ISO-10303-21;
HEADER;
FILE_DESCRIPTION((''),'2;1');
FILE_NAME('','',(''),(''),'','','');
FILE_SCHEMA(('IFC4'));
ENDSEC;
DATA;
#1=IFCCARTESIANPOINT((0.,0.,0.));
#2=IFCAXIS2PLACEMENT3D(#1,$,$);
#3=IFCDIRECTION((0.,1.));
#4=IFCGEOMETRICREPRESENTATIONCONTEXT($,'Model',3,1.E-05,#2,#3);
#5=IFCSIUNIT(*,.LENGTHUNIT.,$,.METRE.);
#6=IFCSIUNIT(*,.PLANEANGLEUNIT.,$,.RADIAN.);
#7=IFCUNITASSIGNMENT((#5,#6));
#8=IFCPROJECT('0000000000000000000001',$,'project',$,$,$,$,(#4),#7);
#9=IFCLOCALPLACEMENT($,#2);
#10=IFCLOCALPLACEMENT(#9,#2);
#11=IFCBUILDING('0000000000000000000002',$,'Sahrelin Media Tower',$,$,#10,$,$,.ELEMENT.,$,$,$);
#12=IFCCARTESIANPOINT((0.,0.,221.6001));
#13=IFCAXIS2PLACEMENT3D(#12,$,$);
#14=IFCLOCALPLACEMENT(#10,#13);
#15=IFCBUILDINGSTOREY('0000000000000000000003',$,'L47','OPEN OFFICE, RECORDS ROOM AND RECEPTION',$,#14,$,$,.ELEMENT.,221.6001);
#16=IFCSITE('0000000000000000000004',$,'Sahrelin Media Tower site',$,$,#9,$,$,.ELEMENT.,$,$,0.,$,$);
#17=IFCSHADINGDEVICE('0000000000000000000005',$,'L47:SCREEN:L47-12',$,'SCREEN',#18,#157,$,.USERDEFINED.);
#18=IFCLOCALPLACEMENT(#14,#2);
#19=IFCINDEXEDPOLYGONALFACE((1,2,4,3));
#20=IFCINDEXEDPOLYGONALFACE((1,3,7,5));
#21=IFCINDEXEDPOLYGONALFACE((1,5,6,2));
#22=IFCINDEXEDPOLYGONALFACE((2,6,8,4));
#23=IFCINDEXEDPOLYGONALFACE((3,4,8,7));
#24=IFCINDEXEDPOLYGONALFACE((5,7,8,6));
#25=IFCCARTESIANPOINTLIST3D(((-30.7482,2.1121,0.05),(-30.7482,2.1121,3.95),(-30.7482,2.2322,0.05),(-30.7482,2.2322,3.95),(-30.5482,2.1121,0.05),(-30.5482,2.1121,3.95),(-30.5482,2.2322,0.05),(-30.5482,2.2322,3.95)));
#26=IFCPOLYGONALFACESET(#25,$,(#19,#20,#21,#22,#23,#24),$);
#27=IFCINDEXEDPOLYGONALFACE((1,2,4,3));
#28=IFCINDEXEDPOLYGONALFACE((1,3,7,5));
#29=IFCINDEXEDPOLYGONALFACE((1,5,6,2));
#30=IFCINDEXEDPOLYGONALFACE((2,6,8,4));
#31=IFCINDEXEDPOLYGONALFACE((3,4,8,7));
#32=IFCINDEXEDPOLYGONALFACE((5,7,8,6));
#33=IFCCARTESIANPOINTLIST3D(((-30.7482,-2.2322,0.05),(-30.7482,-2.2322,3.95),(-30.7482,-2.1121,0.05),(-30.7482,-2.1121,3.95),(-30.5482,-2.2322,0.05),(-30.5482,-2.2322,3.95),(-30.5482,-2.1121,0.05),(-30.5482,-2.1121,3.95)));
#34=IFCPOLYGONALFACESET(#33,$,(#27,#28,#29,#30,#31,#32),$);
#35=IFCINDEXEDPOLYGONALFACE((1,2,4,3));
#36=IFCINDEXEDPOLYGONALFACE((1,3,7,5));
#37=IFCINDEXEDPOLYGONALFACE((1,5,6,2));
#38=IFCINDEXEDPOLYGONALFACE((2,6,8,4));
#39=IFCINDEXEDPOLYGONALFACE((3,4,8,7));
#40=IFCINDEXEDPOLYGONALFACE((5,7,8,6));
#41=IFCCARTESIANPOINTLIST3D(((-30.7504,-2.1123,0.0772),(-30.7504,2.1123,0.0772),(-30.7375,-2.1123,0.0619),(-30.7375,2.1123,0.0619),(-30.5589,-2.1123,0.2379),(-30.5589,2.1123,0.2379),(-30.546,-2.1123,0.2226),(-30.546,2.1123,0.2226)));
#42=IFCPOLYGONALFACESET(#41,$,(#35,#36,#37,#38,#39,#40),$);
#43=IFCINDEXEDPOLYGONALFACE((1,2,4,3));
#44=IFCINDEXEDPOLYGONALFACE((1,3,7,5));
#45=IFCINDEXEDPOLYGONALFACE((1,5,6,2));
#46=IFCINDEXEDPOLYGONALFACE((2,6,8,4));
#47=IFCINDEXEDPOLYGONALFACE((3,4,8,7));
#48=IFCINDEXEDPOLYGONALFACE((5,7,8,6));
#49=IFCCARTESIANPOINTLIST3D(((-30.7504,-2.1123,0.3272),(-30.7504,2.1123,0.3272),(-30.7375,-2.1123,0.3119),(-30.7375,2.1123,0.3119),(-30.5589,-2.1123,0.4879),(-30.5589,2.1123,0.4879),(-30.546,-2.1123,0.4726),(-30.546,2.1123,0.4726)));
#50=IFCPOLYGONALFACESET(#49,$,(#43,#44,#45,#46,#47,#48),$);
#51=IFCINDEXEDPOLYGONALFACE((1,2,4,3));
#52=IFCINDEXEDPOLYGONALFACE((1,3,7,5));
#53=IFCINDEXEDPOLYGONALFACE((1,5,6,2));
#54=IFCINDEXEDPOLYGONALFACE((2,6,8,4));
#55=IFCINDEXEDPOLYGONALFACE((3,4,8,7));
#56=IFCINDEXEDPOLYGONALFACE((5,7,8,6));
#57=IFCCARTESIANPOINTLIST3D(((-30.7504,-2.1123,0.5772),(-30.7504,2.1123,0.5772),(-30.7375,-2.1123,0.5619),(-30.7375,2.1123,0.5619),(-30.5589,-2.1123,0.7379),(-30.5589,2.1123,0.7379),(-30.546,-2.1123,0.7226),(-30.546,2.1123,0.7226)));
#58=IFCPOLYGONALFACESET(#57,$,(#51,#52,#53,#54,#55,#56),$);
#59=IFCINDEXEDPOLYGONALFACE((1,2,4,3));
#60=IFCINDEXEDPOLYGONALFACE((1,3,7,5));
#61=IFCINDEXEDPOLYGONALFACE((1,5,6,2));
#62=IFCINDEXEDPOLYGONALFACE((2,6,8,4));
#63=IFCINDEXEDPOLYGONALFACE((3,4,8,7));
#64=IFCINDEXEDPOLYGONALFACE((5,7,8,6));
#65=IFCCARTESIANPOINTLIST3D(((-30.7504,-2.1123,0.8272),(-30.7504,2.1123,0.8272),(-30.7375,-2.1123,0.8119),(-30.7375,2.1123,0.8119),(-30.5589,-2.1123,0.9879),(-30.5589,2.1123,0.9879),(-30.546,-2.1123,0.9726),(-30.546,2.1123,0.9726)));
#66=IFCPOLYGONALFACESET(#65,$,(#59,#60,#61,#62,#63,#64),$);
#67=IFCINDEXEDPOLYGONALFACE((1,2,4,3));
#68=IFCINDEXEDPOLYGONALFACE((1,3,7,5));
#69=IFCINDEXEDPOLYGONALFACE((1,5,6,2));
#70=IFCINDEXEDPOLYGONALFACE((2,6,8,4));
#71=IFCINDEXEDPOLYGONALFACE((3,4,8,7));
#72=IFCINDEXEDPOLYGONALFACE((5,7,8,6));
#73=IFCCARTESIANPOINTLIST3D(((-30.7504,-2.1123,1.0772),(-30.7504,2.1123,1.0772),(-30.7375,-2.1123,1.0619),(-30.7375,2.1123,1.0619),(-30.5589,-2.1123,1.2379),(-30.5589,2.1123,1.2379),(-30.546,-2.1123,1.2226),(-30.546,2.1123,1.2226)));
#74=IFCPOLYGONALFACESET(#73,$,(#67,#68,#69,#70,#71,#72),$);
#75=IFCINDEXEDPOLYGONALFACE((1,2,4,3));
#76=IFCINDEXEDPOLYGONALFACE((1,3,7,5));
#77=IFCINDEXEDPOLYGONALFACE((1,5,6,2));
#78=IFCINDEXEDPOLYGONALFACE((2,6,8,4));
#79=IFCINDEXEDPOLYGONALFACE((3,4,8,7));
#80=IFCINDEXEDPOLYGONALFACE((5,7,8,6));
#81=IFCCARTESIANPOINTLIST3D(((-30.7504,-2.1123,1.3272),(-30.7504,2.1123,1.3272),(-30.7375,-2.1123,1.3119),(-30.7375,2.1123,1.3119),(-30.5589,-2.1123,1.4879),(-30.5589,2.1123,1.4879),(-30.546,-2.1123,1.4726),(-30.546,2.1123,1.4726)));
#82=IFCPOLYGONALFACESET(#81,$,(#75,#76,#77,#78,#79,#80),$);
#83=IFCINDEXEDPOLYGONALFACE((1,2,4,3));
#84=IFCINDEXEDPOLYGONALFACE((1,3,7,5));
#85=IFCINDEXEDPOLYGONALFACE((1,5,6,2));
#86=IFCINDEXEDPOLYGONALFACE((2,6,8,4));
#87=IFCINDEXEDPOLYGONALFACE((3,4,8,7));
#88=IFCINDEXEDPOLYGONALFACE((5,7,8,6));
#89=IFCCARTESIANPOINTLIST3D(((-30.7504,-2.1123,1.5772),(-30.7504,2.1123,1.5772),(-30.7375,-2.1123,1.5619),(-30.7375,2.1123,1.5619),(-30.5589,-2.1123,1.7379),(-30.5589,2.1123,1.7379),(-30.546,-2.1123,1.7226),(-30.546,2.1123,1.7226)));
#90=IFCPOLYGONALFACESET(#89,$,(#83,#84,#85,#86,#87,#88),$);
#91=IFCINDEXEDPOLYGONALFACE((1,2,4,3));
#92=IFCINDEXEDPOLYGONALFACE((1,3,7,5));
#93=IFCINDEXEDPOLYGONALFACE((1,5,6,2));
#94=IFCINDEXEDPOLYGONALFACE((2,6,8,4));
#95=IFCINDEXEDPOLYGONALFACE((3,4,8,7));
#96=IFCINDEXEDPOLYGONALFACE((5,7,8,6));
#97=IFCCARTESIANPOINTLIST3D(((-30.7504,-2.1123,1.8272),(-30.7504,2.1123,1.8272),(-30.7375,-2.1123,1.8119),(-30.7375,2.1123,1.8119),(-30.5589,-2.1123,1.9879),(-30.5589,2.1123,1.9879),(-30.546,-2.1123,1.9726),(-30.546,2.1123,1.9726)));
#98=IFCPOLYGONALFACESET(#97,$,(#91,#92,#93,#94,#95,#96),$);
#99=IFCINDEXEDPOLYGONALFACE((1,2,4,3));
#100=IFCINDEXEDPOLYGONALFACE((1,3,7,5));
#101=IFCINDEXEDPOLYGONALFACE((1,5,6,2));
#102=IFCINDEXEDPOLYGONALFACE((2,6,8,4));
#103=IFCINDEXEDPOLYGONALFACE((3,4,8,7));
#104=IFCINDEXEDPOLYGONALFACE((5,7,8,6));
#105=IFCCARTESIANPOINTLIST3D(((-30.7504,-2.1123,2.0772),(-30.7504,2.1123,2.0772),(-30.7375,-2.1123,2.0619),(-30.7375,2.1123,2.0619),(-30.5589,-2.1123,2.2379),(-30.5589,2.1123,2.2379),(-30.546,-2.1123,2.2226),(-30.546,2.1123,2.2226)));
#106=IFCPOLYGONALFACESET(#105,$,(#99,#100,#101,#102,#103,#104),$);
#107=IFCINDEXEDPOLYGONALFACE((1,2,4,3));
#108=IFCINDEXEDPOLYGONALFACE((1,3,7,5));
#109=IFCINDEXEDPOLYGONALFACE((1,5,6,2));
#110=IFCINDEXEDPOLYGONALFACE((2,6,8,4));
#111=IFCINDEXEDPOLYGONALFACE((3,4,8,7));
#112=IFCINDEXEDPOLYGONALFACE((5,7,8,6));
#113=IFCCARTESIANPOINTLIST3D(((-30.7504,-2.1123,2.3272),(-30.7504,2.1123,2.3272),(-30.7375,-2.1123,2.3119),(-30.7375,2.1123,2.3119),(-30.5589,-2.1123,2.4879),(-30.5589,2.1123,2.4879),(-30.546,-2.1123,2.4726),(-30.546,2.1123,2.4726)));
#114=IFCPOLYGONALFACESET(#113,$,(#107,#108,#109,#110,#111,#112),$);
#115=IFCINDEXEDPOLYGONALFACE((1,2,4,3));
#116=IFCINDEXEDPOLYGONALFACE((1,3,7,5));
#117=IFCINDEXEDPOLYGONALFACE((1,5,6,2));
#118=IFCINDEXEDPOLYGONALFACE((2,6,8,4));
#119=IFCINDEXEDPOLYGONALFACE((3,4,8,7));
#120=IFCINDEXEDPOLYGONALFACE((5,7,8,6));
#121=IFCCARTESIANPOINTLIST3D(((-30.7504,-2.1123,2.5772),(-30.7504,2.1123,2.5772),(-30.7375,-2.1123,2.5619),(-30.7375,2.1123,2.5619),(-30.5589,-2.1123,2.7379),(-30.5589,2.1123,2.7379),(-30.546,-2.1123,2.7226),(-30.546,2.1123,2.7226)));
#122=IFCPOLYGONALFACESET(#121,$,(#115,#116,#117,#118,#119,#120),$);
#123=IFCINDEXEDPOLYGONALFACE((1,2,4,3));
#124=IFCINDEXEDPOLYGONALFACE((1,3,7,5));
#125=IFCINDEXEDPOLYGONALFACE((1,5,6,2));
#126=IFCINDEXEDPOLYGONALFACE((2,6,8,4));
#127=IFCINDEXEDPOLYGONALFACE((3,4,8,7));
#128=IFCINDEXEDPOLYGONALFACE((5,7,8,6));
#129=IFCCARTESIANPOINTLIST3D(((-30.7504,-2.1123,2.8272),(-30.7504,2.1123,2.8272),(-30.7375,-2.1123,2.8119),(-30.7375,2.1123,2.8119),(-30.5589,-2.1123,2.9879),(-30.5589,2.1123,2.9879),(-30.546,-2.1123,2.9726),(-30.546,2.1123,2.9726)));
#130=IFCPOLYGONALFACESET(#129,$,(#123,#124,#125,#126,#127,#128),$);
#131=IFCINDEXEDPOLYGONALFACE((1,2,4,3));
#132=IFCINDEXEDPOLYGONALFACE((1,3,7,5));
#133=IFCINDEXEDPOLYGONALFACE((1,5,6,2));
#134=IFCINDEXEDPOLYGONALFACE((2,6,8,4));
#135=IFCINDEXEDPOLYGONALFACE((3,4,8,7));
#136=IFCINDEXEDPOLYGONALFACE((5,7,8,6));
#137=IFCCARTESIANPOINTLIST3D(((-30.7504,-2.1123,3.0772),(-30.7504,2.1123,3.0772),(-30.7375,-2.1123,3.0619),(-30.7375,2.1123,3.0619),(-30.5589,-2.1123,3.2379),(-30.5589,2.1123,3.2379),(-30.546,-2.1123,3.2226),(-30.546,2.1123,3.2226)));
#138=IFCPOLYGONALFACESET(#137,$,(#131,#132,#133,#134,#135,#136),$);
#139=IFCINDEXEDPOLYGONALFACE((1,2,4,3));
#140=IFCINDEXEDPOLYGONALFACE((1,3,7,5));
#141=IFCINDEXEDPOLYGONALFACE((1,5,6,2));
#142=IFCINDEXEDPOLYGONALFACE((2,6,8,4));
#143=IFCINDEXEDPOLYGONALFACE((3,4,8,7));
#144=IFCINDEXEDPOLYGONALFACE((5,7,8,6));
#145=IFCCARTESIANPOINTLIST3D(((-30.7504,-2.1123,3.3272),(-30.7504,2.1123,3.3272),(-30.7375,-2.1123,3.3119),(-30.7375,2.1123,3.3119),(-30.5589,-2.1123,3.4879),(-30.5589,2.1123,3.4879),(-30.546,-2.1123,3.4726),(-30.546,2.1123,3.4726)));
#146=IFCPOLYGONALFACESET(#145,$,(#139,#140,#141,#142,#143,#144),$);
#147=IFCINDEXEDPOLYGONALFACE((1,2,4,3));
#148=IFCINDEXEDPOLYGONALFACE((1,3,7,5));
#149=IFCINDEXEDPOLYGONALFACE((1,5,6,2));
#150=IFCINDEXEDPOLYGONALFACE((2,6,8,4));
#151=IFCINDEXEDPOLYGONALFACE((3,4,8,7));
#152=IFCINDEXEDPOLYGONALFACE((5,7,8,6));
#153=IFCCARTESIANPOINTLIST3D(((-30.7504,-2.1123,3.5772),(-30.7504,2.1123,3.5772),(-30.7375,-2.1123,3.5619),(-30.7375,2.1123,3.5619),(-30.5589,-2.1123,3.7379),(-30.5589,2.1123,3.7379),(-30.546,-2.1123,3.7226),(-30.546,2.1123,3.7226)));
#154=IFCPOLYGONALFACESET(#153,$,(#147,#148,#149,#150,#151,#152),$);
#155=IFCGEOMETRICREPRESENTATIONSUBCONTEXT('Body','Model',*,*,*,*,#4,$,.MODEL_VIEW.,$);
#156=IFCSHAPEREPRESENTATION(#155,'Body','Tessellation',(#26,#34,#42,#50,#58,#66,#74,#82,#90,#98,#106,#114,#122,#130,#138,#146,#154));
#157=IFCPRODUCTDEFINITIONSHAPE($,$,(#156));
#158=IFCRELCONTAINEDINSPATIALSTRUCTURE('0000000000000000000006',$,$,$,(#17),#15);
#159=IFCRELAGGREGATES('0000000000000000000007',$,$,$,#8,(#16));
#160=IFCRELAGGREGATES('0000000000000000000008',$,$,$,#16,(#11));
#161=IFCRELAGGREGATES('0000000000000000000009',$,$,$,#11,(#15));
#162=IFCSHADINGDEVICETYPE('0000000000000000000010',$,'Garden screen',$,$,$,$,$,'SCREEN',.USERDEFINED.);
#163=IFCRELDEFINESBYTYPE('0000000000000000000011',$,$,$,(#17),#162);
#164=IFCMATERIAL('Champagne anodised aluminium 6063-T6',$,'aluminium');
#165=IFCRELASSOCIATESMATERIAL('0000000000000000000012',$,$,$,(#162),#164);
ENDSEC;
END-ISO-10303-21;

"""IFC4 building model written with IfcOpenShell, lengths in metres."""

from ifc_helpers import new_model, si_unit, direction, frame, origin, origin_2d, place, context, subcontext, project, spatial, rectangle, extrude, material, type_object, element, save


model = new_model("IFC4")

# Units and contexts
model_context = context("Model", 3, precision=1e-05, world=origin(), true_north=direction((0.0, 1.0)))
body_context = subcontext(model_context, "Body", "Model", "MODEL_VIEW")
ifc_project = project(units=[si_unit("LENGTHUNIT", "METRE"), si_unit("PLANEANGLEUNIT", "RADIAN")], contexts=[model_context])

# Site, building, storey
site_placement = place(None, origin())
site = spatial("IfcSite", under=ifc_project, at=site_placement, Name="Sahrelin Media Tower site", CompositionType="ELEMENT", RefElevation=0.0)
building_placement = place(site_placement, origin())
building = spatial("IfcBuilding", under=site, at=building_placement, Name="Sahrelin Media Tower", CompositionType="ELEMENT")
storey_placement = place(building_placement, frame((0.0, 0.0, 221.6001)))
storey = spatial("IfcBuildingStorey", under=building, at=storey_placement, Name="L47", Description="OPEN OFFICE, RECORDS ROOM AND RECEPTION", CompositionType="ELEMENT", Elevation=221.6001)

# Shading device
ifc_material_1 = material(Name="Champagne anodised aluminium 6063-T6", Category="aluminium")
shading_device_type = type_object("IfcShadingDeviceType", Name="Garden screen", ElementType="SCREEN", PredefinedType="USERDEFINED", material=ifc_material_1)
shading_device_1_placement = place(storey_placement, frame((-30.5481, 0.0, 0.0), z_axis=(0.0, 0.0, 1.0), x_axis=(0.0, 1.0, 0.0)))
element("IfcShadingDevice", 1, at=shading_device_1_placement, inside=storey, type_object=shading_device_type, Name="L47:SCREEN:L47-12", ObjectType="SCREEN", PredefinedType="USERDEFINED", context=body_context, shape_type="SweptSolid", body=[
    extrude(rectangle(XDim=0.1201, YDim=0.2, at=origin_2d()), frame((2.1721, 0.1001, 0.05), z_axis=(0.0, 0.0, 1.0), x_axis=(1.0, 0.0, 0.0)), (0.0, 0.0, 1.0), 3.8999),
    extrude(rectangle(XDim=0.1201, YDim=0.2, at=origin_2d()), frame((-2.1721, 0.1001, 0.05), z_axis=(0.0, 0.0, 1.0), x_axis=(1.0, 0.0, 0.0)), (0.0, 0.0, 1.0), 3.8999),
    extrude(rectangle(XDim=0.25, YDim=0.02, at=origin_2d()), frame((2.1123, 0.1001, 0.1499), z_axis=(-1.0, 0.0, 0.0), x_axis=(0.0, -0.766044, 0.642788)), (0.0, 0.0, 1.0), 4.2246),
    extrude(rectangle(XDim=0.25, YDim=0.02, at=origin_2d()), frame((2.1123, 0.1001, 0.3999), z_axis=(-1.0, 0.0, 0.0), x_axis=(0.0, -0.766044, 0.642788)), (0.0, 0.0, 1.0), 4.2246),
    extrude(rectangle(XDim=0.25, YDim=0.02, at=origin_2d()), frame((2.1123, 0.1001, 0.6499), z_axis=(-1.0, 0.0, 0.0), x_axis=(0.0, -0.766044, 0.642788)), (0.0, 0.0, 1.0), 4.2246),
    extrude(rectangle(XDim=0.25, YDim=0.02, at=origin_2d()), frame((2.1123, 0.1001, 0.8999), z_axis=(-1.0, 0.0, 0.0), x_axis=(0.0, -0.766044, 0.642788)), (0.0, 0.0, 1.0), 4.2246),
    extrude(rectangle(XDim=0.25, YDim=0.02, at=origin_2d()), frame((2.1123, 0.1001, 1.1499), z_axis=(-1.0, 0.0, 0.0), x_axis=(0.0, -0.766044, 0.642788)), (0.0, 0.0, 1.0), 4.2246),
    extrude(rectangle(XDim=0.25, YDim=0.02, at=origin_2d()), frame((2.1123, 0.1001, 1.3999), z_axis=(-1.0, 0.0, 0.0), x_axis=(0.0, -0.766044, 0.642788)), (0.0, 0.0, 1.0), 4.2246),
    extrude(rectangle(XDim=0.25, YDim=0.02, at=origin_2d()), frame((2.1123, 0.1001, 1.6499), z_axis=(-1.0, 0.0, 0.0), x_axis=(0.0, -0.766044, 0.642788)), (0.0, 0.0, 1.0), 4.2246),
    extrude(rectangle(XDim=0.25, YDim=0.02, at=origin_2d()), frame((2.1123, 0.1001, 1.8999), z_axis=(-1.0, 0.0, 0.0), x_axis=(0.0, -0.766044, 0.642788)), (0.0, 0.0, 1.0), 4.2246),
    extrude(rectangle(XDim=0.25, YDim=0.02, at=origin_2d()), frame((2.1123, 0.1001, 2.1499), z_axis=(-1.0, 0.0, 0.0), x_axis=(0.0, -0.766044, 0.642788)), (0.0, 0.0, 1.0), 4.2246),
    extrude(rectangle(XDim=0.25, YDim=0.02, at=origin_2d()), frame((2.1123, 0.1001, 2.3999), z_axis=(-1.0, 0.0, 0.0), x_axis=(0.0, -0.766044, 0.642788)), (0.0, 0.0, 1.0), 4.2246),
    extrude(rectangle(XDim=0.25, YDim=0.02, at=origin_2d()), frame((2.1123, 0.1001, 2.6499), z_axis=(-1.0, 0.0, 0.0), x_axis=(0.0, -0.766044, 0.642788)), (0.0, 0.0, 1.0), 4.2246),
    extrude(rectangle(XDim=0.25, YDim=0.02, at=origin_2d()), frame((2.1123, 0.1001, 2.8999), z_axis=(-1.0, 0.0, 0.0), x_axis=(0.0, -0.766044, 0.642788)), (0.0, 0.0, 1.0), 4.2246),
    extrude(rectangle(XDim=0.25, YDim=0.02, at=origin_2d()), frame((2.1123, 0.1001, 3.1499), z_axis=(-1.0, 0.0, 0.0), x_axis=(0.0, -0.766044, 0.642788)), (0.0, 0.0, 1.0), 4.2246),
    extrude(rectangle(XDim=0.25, YDim=0.02, at=origin_2d()), frame((2.1123, 0.1001, 3.3999), z_axis=(-1.0, 0.0, 0.0), x_axis=(0.0, -0.766044, 0.642788)), (0.0, 0.0, 1.0), 4.2246),
    extrude(rectangle(XDim=0.25, YDim=0.02, at=origin_2d()), frame((2.1123, 0.1001, 3.6499), z_axis=(-1.0, 0.0, 0.0), x_axis=(0.0, -0.766044, 0.642788)), (0.0, 0.0, 1.0), 4.2246),
])

save(model, "model.ifc")
